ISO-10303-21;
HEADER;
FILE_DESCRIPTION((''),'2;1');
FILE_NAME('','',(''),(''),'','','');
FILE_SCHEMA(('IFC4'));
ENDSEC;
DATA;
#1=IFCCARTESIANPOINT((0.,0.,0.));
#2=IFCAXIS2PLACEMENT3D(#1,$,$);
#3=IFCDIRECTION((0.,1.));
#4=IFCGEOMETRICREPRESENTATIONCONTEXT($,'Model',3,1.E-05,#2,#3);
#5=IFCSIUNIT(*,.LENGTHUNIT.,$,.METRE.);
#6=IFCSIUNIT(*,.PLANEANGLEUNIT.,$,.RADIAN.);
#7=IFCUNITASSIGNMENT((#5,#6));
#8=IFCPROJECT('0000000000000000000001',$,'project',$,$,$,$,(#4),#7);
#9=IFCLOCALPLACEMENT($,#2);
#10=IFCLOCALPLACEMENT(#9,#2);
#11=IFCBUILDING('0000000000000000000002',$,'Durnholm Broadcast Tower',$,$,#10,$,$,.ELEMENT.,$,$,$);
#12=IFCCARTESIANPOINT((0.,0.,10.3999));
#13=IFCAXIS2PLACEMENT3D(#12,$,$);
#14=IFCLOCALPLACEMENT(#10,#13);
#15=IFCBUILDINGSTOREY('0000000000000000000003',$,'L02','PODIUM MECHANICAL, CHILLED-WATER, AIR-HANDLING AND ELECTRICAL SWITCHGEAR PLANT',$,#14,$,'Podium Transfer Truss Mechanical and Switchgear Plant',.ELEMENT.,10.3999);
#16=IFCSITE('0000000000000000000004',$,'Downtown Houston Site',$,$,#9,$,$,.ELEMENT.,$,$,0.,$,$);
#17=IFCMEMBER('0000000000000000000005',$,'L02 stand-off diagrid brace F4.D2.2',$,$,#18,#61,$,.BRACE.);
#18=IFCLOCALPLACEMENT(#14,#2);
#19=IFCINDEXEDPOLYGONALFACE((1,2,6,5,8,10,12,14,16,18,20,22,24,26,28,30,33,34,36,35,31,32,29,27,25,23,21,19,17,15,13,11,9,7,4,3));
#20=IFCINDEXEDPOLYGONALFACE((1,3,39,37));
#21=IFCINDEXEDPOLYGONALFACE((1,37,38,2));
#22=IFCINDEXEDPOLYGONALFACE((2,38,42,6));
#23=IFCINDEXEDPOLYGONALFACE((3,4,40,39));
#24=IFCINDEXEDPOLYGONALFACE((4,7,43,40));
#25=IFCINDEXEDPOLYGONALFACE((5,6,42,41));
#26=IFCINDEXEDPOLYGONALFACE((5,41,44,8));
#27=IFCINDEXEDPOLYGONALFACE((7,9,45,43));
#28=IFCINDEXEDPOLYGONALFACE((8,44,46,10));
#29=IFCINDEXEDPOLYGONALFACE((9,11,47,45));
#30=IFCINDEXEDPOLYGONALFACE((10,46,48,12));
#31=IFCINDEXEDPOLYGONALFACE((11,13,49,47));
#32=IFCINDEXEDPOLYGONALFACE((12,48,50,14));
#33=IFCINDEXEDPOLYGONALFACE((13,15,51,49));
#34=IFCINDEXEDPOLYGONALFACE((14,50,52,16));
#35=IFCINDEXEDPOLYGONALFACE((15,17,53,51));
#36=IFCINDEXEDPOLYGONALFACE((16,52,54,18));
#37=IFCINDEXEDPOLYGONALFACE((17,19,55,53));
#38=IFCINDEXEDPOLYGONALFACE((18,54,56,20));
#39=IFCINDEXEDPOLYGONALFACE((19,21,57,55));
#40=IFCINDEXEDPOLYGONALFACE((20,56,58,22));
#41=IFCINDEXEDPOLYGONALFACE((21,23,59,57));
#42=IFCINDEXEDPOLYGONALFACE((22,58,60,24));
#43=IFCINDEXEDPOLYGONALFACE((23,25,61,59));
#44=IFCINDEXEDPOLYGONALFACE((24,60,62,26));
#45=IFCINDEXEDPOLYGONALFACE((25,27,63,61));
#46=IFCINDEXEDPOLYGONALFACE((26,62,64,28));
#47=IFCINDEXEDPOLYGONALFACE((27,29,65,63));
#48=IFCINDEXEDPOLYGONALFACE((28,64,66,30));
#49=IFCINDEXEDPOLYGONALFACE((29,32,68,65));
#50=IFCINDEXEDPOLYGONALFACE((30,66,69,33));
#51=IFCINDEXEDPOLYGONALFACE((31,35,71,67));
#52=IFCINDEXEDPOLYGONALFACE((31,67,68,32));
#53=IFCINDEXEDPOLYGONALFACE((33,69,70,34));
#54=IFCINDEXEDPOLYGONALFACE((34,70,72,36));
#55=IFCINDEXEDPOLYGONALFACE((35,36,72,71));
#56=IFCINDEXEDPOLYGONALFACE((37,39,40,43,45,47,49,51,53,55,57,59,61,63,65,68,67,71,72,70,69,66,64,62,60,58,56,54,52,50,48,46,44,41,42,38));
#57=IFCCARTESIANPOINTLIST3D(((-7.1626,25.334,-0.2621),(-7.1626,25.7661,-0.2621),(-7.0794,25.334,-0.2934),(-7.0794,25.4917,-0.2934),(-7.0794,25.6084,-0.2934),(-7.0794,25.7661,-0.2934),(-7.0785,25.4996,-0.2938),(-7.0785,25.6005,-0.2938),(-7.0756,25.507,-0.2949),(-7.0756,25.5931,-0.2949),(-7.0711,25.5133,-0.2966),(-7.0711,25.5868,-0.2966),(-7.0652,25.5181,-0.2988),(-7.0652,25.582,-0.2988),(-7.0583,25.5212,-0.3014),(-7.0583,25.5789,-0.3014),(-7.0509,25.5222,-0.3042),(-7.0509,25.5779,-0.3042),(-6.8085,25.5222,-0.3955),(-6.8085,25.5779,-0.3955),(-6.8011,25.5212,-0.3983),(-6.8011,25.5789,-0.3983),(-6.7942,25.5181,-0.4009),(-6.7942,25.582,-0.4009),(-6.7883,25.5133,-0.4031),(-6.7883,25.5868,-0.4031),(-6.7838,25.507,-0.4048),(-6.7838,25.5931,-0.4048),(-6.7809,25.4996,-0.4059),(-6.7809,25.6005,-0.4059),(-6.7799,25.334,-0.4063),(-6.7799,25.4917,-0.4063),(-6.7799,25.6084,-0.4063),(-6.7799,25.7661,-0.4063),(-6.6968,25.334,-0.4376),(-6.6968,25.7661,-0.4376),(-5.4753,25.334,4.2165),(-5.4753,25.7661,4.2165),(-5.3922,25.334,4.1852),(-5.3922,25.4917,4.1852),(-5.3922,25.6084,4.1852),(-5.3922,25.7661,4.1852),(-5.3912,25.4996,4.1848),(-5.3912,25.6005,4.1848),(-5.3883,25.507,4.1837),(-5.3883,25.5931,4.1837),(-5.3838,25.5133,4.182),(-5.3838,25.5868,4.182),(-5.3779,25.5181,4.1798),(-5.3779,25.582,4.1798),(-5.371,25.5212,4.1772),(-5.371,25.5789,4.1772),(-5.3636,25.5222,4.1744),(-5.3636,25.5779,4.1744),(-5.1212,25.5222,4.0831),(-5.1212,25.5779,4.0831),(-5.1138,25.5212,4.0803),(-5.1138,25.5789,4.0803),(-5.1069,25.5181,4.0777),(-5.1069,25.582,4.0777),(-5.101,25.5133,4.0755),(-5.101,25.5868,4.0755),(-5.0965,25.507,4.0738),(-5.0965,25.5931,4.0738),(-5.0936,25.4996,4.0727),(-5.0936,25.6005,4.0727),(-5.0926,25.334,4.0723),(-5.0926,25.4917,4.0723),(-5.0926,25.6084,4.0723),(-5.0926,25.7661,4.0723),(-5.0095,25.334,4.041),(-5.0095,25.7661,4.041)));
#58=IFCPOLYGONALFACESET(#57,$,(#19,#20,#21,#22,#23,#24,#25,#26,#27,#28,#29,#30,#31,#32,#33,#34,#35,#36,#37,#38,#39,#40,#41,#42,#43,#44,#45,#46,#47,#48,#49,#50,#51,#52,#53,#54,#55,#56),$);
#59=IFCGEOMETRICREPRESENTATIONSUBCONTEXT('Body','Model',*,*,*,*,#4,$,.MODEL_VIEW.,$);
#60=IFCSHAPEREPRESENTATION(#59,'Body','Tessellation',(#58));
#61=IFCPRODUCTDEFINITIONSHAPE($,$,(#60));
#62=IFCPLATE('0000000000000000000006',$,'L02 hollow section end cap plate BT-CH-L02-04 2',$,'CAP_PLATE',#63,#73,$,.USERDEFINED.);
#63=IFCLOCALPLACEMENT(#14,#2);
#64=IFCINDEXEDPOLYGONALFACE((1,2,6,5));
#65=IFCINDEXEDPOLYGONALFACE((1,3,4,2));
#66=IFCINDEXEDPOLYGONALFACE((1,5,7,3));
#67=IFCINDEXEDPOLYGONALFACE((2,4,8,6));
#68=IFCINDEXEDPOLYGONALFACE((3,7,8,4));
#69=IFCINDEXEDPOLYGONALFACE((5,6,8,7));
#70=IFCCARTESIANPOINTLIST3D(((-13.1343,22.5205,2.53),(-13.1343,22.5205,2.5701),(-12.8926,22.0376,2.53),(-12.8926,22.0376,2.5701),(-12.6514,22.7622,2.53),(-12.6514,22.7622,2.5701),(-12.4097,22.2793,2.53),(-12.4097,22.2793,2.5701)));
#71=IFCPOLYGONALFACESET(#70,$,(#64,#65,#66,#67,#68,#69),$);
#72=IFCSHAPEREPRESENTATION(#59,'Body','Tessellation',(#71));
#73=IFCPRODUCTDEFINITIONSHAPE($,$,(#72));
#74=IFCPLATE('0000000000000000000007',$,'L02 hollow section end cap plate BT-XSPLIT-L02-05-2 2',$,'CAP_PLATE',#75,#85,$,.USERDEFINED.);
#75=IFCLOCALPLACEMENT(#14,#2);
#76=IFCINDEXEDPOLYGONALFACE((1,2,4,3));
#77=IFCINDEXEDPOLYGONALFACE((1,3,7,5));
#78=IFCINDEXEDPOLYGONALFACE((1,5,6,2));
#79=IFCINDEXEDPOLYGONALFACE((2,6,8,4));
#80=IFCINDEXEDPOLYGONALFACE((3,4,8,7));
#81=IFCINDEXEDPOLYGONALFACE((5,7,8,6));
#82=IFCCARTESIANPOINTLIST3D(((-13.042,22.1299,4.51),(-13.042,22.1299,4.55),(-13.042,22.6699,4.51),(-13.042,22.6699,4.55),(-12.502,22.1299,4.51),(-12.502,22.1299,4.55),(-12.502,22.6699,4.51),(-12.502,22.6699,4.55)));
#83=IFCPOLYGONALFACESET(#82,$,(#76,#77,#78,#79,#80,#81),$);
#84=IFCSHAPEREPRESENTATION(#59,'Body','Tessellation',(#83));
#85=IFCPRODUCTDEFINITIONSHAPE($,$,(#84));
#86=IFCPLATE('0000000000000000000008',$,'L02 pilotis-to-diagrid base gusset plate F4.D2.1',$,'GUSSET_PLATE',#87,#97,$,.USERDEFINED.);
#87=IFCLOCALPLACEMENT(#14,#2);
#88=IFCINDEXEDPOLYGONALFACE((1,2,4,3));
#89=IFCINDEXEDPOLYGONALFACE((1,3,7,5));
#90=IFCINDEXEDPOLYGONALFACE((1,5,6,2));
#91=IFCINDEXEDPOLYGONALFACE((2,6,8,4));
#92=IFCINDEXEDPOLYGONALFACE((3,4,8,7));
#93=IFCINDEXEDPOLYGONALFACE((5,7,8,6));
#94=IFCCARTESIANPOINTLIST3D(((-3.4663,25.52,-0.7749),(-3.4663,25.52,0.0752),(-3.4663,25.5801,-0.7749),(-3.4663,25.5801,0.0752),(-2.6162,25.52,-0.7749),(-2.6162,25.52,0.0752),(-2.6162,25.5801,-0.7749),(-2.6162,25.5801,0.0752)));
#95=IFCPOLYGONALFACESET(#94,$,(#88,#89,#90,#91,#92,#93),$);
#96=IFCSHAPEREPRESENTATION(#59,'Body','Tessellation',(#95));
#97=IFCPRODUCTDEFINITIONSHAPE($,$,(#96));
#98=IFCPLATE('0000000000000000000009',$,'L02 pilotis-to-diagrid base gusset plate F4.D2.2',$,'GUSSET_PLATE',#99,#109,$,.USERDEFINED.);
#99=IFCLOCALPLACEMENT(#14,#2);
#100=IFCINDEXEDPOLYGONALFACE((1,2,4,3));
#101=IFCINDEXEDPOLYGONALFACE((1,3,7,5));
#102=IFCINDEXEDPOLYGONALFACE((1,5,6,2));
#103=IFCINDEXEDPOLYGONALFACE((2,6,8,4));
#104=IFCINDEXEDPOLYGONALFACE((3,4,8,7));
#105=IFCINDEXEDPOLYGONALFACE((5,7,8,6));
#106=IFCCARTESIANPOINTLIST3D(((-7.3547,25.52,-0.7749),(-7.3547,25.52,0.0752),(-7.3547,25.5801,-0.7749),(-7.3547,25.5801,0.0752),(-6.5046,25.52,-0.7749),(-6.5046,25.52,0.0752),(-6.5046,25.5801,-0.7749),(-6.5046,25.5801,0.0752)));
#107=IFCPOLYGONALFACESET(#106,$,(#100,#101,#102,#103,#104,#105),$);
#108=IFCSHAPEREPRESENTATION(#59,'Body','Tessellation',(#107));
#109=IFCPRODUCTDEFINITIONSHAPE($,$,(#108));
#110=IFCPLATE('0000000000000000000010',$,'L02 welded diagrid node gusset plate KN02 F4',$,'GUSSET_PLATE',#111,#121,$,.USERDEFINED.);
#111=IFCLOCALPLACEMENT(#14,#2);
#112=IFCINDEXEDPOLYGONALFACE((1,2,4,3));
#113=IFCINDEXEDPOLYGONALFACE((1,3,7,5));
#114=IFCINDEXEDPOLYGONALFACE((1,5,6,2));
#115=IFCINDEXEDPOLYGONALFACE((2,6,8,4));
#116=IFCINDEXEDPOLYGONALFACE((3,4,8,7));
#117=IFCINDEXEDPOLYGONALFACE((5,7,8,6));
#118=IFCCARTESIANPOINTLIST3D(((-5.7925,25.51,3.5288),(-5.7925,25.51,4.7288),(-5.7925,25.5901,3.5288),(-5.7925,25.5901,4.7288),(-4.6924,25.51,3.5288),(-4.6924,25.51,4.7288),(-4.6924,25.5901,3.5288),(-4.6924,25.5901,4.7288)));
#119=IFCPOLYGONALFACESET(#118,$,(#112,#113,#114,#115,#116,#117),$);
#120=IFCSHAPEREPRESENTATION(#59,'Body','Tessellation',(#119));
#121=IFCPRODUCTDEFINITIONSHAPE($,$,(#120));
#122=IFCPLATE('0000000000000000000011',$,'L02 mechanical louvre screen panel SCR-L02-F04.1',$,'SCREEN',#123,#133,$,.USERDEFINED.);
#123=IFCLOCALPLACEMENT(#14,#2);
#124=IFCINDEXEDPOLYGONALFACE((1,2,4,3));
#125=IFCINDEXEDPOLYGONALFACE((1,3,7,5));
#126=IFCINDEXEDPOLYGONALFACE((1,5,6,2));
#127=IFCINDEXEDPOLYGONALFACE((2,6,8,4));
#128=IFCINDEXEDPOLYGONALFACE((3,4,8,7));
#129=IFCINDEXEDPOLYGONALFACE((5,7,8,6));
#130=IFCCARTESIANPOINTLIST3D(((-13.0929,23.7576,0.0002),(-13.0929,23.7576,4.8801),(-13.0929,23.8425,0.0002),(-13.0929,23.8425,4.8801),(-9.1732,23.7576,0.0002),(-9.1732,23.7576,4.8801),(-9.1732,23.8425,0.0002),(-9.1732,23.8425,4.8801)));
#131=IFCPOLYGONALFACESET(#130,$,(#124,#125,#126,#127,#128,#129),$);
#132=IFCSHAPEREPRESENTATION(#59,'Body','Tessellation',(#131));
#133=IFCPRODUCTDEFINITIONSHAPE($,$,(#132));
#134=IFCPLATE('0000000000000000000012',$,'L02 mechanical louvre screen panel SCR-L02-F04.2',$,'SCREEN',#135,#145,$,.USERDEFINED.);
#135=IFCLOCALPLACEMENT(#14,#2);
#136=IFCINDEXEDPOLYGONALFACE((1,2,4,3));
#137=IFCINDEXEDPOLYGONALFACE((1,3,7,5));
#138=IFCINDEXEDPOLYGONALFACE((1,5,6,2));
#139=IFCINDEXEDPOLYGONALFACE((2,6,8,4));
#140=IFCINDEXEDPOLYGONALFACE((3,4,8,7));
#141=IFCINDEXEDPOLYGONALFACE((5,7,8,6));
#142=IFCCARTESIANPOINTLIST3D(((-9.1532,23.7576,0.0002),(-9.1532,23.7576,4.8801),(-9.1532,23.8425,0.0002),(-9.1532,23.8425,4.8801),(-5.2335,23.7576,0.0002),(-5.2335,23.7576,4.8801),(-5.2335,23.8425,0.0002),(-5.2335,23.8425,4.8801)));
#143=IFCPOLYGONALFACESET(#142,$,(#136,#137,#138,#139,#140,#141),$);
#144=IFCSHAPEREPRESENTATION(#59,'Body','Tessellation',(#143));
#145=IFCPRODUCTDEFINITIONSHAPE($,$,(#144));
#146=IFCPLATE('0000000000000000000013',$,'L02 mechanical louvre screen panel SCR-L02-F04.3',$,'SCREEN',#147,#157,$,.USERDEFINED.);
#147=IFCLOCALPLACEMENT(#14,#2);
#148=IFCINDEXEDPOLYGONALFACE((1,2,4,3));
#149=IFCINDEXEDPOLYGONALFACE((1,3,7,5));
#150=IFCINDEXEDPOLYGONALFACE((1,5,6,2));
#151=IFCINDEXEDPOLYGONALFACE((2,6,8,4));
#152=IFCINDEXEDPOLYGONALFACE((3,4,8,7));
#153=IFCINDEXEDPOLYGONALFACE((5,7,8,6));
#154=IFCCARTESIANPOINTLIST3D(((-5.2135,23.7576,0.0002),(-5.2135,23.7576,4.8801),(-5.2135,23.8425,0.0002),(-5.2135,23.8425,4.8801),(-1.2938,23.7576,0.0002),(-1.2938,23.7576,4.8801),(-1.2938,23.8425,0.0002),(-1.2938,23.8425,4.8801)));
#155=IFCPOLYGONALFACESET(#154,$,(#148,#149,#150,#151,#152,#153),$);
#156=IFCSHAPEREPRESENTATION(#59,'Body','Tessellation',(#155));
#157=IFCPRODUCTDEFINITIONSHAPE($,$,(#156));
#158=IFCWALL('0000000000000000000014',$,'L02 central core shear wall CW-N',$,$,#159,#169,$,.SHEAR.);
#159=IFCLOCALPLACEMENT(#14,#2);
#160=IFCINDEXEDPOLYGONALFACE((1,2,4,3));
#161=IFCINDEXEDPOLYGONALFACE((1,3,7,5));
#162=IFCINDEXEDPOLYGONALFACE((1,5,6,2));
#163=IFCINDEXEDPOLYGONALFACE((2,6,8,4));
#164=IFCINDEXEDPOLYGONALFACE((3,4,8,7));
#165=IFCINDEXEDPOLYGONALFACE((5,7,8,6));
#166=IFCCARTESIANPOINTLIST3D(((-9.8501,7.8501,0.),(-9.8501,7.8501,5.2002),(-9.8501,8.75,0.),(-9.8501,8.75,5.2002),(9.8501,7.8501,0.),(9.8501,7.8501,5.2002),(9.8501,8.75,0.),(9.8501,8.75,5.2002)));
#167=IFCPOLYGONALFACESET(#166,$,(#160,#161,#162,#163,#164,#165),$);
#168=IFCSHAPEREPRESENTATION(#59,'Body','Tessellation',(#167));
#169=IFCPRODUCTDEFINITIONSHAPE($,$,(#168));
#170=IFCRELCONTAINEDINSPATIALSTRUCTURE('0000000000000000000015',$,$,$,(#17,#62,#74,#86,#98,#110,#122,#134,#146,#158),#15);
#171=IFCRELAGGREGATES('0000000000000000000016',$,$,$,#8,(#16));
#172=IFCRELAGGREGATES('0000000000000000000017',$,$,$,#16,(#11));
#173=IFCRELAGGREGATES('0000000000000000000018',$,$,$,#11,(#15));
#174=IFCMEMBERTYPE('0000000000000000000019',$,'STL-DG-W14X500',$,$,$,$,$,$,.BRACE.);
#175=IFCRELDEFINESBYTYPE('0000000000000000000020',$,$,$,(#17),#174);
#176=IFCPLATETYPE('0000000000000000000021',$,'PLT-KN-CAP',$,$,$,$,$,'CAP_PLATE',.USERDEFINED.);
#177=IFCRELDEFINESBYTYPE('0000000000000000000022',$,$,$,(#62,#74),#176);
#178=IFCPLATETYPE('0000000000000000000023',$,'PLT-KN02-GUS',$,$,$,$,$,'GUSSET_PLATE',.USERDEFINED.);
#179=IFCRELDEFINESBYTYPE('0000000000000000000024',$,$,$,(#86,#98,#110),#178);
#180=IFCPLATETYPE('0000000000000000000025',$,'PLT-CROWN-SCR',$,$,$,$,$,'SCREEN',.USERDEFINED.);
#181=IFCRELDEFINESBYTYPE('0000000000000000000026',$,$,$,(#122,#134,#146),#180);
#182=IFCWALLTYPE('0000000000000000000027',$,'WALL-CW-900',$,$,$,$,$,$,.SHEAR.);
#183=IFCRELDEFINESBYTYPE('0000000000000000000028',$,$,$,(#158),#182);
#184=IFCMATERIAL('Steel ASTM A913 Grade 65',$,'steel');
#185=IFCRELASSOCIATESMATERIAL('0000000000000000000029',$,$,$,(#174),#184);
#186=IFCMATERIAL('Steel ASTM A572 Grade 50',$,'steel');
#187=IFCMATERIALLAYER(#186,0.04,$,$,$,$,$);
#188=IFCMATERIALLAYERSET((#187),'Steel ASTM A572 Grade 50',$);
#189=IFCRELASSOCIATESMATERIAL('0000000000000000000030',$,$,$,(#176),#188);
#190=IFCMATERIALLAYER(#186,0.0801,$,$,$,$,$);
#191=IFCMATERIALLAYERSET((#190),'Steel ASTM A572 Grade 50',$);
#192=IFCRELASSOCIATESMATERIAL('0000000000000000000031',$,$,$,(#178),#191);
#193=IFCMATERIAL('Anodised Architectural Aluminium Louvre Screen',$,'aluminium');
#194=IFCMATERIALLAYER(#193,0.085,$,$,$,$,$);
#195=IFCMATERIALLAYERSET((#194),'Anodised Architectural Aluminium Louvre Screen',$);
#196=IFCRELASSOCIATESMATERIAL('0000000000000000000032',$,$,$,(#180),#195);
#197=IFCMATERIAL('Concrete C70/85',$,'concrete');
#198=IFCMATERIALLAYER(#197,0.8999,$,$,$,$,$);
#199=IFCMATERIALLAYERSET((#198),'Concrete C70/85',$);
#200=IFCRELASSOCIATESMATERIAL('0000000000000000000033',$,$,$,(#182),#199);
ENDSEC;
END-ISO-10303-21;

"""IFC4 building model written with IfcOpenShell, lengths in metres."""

from ifc_helpers import new_model, si_unit, direction, frame, frame_2d, origin, origin_2d, place, context, subcontext, project, spatial, rectangle, i_section, extrude, source, transform, mapped, material, layer, layer_set, material_profile, profile_set, type_object, type_shapes, element, save


model = new_model("IFC4")

# Units and contexts
model_context = context("Model", 3, precision=1e-05, world=origin(), true_north=direction((0.0, 1.0)))
body_context = subcontext(model_context, "Body", "Model", "MODEL_VIEW")
ifc_project = project(units=[si_unit("LENGTHUNIT", "METRE"), si_unit("PLANEANGLEUNIT", "RADIAN")], contexts=[model_context])

# Site, building, storey
site_placement = place(None, origin())
site = spatial("IfcSite", under=ifc_project, at=site_placement, Name="Downtown Houston Site", CompositionType="ELEMENT", RefElevation=0.0)
building_placement = place(site_placement, origin())
building = spatial("IfcBuilding", under=site, at=building_placement, Name="Durnholm Broadcast Tower", CompositionType="ELEMENT")
storey_placement = place(building_placement, frame((0.0, 0.0, 10.3999)))
storey = spatial("IfcBuildingStorey", under=building, at=storey_placement, Name="L02", Description="PODIUM MECHANICAL, CHILLED-WATER, AIR-HANDLING AND ELECTRICAL SWITCHGEAR PLANT", LongName="Podium Transfer Truss Mechanical and Switchgear Plant", CompositionType="ELEMENT", Elevation=10.3999)

# Shared definitions
ifc_material_1 = material(Name="Steel ASTM A913 Grade 65", Category="steel")

# Member
ifc_material_profile_1 = material_profile(ifc_material_1, i_section(OverallWidth=0.4321, OverallDepth=0.4978, WebThickness=0.0557, FlangeThickness=0.0889, FilletRadius=0.0305, at=origin_2d()), Name="W14X500")
ifc_profile_set_1 = profile_set([ifc_material_profile_1], Name="Steel ASTM A913 Grade 65")
member_type_1 = type_object("IfcMemberType", Name="STL-DG-W14X500", PredefinedType="BRACE", material=ifc_profile_set_1)
shared_shape_1 = source(origin(), body_context, "Body", "SweptSolid", [
    extrude(i_section(OverallWidth=0.4321, OverallDepth=0.4978, WebThickness=0.0557, FlangeThickness=0.0889, FilletRadius=0.0305, at=origin_2d()), origin(), (0.0, 0.0, 1.0), 4.7859),
])
member_1_placement = place(storey_placement, frame((-6.9297, 25.55, -0.3499), z_axis=(0.352554, 0.0, 0.935791), x_axis=(0.0, 1.0, 0.0)))
element("IfcMember", 1, at=member_1_placement, inside=storey, type_object=member_type_1, Name="L02 stand-off diagrid brace F4.D2.2", PredefinedType="BRACE", context=body_context, shape_type="MappedRepresentation", body=[
    mapped(shared_shape_1, transform((0.0, 0.0, 0.0), x_axis=(1.0, 0.0, 0.0), y_axis=(0.0, 1.0, 0.0), z_axis=(0.0, 0.0, 1.0), scale=1.0)),
])

# Plates
ifc_material_2 = material(Name="Steel ASTM A572 Grade 50", Category="steel")
ifc_layer_1 = layer(ifc_material_2, 0.04)
ifc_layer_set_1 = layer_set([ifc_layer_1], Name="Steel ASTM A572 Grade 50")
plate_type_1 = type_object("IfcPlateType", Name="PLT-KN-CAP", ElementType="CAP_PLATE", PredefinedType="USERDEFINED", material=ifc_layer_set_1)
shared_shape_2 = source(origin(), body_context, "Body", "SweptSolid", [
    extrude(rectangle(XDim=0.54, YDim=0.54, at=origin_2d()), origin(), (0.0, 0.0, 1.0), 0.04),
])
type_shapes(plate_type_1, [shared_shape_2])
for number, where, z_axis, x_axis, name in (
    (2, (-12.772, 22.3999, 2.53), (0.0, 0.0, 1.0), (0.894232, 0.447603, 0.0), "L02 hollow section end cap plate BT-CH-L02-04 2"),
    (3, (-12.772, 22.3999, 4.51), (0.0, 0.0, 1.0), (-1.0, 0.0, 0.0), "L02 hollow section end cap plate BT-XSPLIT-L02-05-2 2"),
):
    element("IfcPlate", number, at=place(storey_placement, frame(where, z_axis=z_axis, x_axis=x_axis)), inside=storey, type_object=plate_type_1, Name=name, ObjectType="CAP_PLATE", PredefinedType="USERDEFINED", context=body_context, shape_type="MappedRepresentation", body=[
        mapped(shared_shape_2, transform((0.0, 0.0, 0.0), x_axis=(1.0, 0.0, 0.0), y_axis=(0.0, 1.0, 0.0), z_axis=(0.0, 0.0, 1.0), scale=1.0)),
    ])
ifc_layer_2 = layer(ifc_material_2, 0.0801)
ifc_layer_set_2 = layer_set([ifc_layer_2], Name="Steel ASTM A572 Grade 50")
plate_type_2 = type_object("IfcPlateType", Name="PLT-KN02-GUS", ElementType="GUSSET_PLATE", PredefinedType="USERDEFINED", material=ifc_layer_set_2)
shared_shape_3 = source(origin(), body_context, "Body", "SweptSolid", [
    extrude(rectangle(XDim=0.8501, YDim=0.0601, at=origin_2d()), origin(), (0.0, 0.0, 1.0), 0.8501),
])
for number, where, z_axis, x_axis, name in (
    (4, (-3.0413, 25.55, -0.7749), (0.0, 0.0, 1.0), (-1.0, 0.0, 0.0), "L02 pilotis-to-diagrid base gusset plate F4.D2.1"),
    (5, (-6.9297, 25.55, -0.7749), (0.0, 0.0, 1.0), (-1.0, 0.0, 0.0), "L02 pilotis-to-diagrid base gusset plate F4.D2.2"),
):
    element("IfcPlate", number, at=place(storey_placement, frame(where, z_axis=z_axis, x_axis=x_axis)), inside=storey, type_object=plate_type_2, Name=name, ObjectType="GUSSET_PLATE", PredefinedType="USERDEFINED", context=body_context, shape_type="MappedRepresentation", body=[
        mapped(shared_shape_3, transform((0.0, 0.0, 0.0), x_axis=(1.0, 0.0, 0.0), y_axis=(0.0, 1.0, 0.0), z_axis=(0.0, 0.0, 1.0), scale=1.0)),
    ])
shared_shape_4 = source(origin(), body_context, "Body", "SweptSolid", [
    extrude(rectangle(XDim=1.1001, YDim=0.0801, at=origin_2d()), origin(), (0.0, 0.0, 1.0), 1.2),
])
type_shapes(plate_type_2, [shared_shape_3, shared_shape_4])
plate_placement = place(storey_placement, frame((-5.2424, 25.55, 3.5288), z_axis=(0.0, 0.0, 1.0), x_axis=(-1.0, 0.0, 0.0)))
element("IfcPlate", 6, at=plate_placement, inside=storey, type_object=plate_type_2, Name="L02 welded diagrid node gusset plate KN02 F4", ObjectType="GUSSET_PLATE", PredefinedType="USERDEFINED", context=body_context, shape_type="MappedRepresentation", body=[
    mapped(shared_shape_4, transform((0.0, 0.0, 0.0), x_axis=(1.0, 0.0, 0.0), y_axis=(0.0, 1.0, 0.0), z_axis=(0.0, 0.0, 1.0), scale=1.0)),
])
ifc_material_3 = material(Name="Anodised Architectural Aluminium Louvre Screen", Category="aluminium")
ifc_layer_3 = layer(ifc_material_3, 0.085)
ifc_layer_set_3 = layer_set([ifc_layer_3], Name="Anodised Architectural Aluminium Louvre Screen")
plate_type_3 = type_object("IfcPlateType", Name="PLT-CROWN-SCR", ElementType="SCREEN", PredefinedType="USERDEFINED", material=ifc_layer_set_3)
shared_shape_5 = source(origin(), body_context, "Body", "SweptSolid", [
    extrude(rectangle(XDim=3.9197, YDim=0.085, at=origin_2d()), origin(), (0.0, 0.0, 1.0), 4.8799),
])
type_shapes(plate_type_3, [shared_shape_5])
for number, where, z_axis, x_axis, name in (
    (7, (-11.1331, 23.8, 0.0002), (0.0, 0.0, 1.0), (1.0, 0.0, 0.0), "L02 mechanical louvre screen panel SCR-L02-F04.1"),
    (8, (-7.1934, 23.8, 0.0002), (0.0, 0.0, 1.0), (1.0, 0.0, 0.0), "L02 mechanical louvre screen panel SCR-L02-F04.2"),
    (9, (-3.2537, 23.8, 0.0002), (0.0, 0.0, 1.0), (1.0, 0.0, 0.0), "L02 mechanical louvre screen panel SCR-L02-F04.3"),
):
    element("IfcPlate", number, at=place(storey_placement, frame(where, z_axis=z_axis, x_axis=x_axis)), inside=storey, type_object=plate_type_3, Name=name, ObjectType="SCREEN", PredefinedType="USERDEFINED", context=body_context, shape_type="MappedRepresentation", body=[
        mapped(shared_shape_5, transform((0.0, 0.0, 0.0), x_axis=(1.0, 0.0, 0.0), y_axis=(0.0, 1.0, 0.0), z_axis=(0.0, 0.0, 1.0), scale=1.0)),
    ])

# Wall
ifc_material_4 = material(Name="Concrete C70/85", Category="concrete")
ifc_layer_4 = layer(ifc_material_4, 0.8999)
ifc_layer_set_4 = layer_set([ifc_layer_4], Name="Concrete C70/85")
wall_type_1 = type_object("IfcWallType", Name="WALL-CW-900", PredefinedType="SHEAR", material=ifc_layer_set_4)
wall_1_placement = place(storey_placement, frame((-9.8501, 8.3, 0.0), z_axis=(0.0, 0.0, 1.0), x_axis=(1.0, 0.0, 0.0)))
element("IfcWall", 10, at=wall_1_placement, inside=storey, type_object=wall_type_1, Name="L02 central core shear wall CW-N", PredefinedType="SHEAR", context=body_context, shape_type="SweptSolid", body=[
    extrude(rectangle(XDim=19.7002, YDim=0.8999, at=frame_2d((9.8501, 0.0))), origin(), (0.0, 0.0, 1.0), 5.2002),
])

save(model, "model.ifc")
